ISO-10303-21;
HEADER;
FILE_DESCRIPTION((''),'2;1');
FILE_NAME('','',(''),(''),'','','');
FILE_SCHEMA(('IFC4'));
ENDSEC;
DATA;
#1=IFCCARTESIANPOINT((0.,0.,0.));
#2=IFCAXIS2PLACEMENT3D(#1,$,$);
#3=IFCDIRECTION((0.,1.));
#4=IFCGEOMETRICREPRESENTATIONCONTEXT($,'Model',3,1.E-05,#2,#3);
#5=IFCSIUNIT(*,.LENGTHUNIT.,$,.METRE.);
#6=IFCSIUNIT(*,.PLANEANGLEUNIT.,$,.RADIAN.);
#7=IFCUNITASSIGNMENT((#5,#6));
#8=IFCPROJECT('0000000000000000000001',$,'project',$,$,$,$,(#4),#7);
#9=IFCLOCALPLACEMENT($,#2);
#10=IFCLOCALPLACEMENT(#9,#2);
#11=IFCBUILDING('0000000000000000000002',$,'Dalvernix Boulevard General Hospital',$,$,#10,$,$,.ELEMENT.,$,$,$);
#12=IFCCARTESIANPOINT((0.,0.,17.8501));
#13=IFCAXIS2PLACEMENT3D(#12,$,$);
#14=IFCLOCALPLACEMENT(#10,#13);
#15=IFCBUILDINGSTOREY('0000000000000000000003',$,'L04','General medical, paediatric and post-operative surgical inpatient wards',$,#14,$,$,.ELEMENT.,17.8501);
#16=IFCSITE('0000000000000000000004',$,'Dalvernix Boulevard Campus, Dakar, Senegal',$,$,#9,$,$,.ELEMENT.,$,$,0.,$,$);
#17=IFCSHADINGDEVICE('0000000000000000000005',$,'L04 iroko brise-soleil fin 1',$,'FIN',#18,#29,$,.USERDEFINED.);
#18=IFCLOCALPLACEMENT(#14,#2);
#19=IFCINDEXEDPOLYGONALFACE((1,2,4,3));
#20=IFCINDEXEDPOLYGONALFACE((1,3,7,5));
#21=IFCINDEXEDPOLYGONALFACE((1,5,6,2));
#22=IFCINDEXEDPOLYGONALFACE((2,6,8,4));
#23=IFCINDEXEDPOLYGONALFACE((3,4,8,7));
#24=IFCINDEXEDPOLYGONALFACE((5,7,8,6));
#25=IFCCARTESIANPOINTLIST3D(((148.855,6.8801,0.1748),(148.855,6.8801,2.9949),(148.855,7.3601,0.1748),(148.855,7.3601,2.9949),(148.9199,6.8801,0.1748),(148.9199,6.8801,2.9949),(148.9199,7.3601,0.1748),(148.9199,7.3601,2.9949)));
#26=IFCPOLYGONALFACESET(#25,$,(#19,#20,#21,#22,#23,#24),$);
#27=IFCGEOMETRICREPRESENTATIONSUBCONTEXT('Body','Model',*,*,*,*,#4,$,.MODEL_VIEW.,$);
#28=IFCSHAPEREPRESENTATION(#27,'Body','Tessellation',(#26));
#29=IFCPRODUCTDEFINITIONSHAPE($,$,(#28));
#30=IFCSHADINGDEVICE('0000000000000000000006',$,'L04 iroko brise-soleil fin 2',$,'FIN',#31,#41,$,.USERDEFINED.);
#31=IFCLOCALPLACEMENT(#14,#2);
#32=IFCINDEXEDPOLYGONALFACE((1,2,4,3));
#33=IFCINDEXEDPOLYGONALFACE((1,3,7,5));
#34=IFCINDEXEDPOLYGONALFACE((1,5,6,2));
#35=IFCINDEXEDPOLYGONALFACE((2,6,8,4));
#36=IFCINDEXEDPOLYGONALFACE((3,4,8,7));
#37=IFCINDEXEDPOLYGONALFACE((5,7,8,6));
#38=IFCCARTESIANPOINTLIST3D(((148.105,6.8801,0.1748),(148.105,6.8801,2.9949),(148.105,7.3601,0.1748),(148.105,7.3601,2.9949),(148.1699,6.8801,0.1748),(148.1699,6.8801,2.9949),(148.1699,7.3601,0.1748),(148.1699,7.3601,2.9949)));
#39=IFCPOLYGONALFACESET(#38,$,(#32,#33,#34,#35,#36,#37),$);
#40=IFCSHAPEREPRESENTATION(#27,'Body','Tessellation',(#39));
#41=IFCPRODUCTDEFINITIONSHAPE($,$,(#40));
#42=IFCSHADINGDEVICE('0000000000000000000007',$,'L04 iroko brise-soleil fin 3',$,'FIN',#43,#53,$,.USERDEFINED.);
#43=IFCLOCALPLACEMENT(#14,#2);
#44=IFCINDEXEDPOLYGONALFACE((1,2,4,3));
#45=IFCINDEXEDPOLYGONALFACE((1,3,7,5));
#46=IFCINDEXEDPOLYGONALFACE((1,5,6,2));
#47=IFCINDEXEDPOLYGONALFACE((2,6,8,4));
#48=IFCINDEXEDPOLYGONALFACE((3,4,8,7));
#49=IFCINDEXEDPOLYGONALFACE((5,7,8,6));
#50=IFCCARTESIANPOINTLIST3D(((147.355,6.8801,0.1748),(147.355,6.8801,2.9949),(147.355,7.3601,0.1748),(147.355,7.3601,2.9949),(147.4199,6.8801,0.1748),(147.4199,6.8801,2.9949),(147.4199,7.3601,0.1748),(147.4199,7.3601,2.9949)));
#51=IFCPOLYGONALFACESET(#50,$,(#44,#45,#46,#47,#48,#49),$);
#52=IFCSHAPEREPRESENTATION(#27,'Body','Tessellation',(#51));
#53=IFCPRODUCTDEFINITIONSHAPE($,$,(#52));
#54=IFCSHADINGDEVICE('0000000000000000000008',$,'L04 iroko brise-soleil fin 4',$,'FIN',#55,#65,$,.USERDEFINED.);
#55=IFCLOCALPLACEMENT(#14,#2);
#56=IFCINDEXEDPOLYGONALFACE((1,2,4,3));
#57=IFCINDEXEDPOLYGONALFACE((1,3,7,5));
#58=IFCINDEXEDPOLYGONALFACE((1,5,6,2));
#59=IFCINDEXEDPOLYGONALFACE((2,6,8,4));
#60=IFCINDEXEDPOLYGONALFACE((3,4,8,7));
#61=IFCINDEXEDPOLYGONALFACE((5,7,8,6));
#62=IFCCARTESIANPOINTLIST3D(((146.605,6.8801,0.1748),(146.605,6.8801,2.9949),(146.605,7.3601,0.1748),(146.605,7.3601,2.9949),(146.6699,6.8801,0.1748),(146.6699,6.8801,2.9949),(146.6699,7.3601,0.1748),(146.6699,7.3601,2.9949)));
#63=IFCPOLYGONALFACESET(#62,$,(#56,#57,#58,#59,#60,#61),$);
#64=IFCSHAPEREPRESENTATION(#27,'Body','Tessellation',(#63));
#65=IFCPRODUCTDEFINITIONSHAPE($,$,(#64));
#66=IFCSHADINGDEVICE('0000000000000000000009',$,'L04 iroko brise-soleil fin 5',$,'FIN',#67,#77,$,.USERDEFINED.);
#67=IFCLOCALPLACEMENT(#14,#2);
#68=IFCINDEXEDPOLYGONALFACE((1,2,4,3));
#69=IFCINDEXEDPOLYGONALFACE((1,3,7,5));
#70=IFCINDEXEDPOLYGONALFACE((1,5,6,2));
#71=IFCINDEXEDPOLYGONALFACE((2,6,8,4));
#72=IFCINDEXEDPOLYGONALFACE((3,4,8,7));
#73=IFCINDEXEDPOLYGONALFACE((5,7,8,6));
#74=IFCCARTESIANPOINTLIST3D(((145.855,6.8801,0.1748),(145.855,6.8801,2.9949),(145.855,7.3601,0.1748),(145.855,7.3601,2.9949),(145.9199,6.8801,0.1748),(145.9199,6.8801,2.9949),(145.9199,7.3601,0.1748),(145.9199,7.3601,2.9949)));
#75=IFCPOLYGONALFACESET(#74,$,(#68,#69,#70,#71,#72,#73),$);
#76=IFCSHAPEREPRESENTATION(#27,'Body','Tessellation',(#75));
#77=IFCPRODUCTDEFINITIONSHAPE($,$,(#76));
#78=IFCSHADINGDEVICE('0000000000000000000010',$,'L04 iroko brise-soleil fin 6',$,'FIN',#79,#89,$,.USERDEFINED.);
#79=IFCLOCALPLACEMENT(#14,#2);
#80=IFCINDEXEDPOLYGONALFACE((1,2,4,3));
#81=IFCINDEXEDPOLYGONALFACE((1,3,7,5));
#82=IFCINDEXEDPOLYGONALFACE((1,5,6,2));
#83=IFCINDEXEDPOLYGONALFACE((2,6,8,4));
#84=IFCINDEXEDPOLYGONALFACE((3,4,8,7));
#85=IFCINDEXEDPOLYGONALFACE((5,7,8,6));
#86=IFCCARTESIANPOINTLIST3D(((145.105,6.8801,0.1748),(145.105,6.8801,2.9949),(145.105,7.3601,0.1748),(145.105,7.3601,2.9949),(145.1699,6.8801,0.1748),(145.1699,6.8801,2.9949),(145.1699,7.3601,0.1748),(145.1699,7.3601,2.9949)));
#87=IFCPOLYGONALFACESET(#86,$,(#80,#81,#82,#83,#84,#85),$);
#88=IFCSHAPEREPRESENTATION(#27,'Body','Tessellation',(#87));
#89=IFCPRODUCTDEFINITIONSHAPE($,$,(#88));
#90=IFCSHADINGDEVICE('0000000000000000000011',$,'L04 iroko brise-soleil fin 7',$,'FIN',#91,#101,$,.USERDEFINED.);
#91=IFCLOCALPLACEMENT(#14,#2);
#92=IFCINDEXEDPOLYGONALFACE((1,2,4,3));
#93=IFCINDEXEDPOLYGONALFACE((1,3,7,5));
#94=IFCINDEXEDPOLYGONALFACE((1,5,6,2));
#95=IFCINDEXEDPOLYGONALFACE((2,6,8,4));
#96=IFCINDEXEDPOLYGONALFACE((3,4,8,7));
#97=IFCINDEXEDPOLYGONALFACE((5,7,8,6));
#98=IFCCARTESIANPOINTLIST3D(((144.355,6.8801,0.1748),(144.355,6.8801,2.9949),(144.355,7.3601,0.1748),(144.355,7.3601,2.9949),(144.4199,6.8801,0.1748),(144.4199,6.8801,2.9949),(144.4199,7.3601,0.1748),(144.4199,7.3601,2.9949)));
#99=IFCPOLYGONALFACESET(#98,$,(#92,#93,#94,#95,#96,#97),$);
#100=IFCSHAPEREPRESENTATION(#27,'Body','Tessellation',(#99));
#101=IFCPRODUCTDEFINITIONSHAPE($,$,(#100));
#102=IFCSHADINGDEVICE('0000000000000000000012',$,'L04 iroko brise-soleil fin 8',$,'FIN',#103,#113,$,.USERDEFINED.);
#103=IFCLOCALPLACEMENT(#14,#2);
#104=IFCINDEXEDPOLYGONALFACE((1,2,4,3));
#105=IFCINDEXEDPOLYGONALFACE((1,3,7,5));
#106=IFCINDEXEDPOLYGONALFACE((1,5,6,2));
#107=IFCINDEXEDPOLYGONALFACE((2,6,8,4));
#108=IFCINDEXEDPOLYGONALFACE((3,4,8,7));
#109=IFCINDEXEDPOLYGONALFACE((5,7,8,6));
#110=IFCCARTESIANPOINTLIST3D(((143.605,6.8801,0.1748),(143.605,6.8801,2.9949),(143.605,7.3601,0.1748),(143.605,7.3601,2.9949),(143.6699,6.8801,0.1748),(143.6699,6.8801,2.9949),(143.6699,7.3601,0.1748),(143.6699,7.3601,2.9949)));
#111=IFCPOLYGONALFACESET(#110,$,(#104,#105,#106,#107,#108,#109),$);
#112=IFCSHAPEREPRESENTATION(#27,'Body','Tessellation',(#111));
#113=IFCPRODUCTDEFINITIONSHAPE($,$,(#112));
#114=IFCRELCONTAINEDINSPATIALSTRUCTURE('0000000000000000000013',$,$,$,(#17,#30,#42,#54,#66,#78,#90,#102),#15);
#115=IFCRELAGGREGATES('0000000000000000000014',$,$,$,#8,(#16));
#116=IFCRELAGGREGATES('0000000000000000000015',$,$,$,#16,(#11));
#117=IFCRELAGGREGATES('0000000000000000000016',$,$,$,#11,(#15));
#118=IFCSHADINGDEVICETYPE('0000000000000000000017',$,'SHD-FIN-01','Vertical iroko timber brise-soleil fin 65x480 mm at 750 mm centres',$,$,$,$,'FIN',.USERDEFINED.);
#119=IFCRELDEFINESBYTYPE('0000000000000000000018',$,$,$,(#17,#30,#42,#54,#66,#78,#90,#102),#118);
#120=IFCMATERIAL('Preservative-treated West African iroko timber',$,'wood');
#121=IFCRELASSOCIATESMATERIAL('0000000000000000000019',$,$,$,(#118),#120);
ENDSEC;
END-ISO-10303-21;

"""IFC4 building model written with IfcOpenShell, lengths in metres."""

from ifc_helpers import new_model, si_unit, direction, frame, origin, origin_2d, place, context, subcontext, project, spatial, rectangle, extrude, material, type_object, element, save


model = new_model("IFC4")

# Units and contexts
model_context = context("Model", 3, precision=1e-05, world=origin(), true_north=direction((0.0, 1.0)))
body_context = subcontext(model_context, "Body", "Model", "MODEL_VIEW")
ifc_project = project(units=[si_unit("LENGTHUNIT", "METRE"), si_unit("PLANEANGLEUNIT", "RADIAN")], contexts=[model_context])

# Site, building, storey
site_placement = place(None, origin())
site = spatial("IfcSite", under=ifc_project, at=site_placement, Name="Dalvernix Boulevard Campus, Dakar, Senegal", CompositionType="ELEMENT", RefElevation=0.0)
building_placement = place(site_placement, origin())
building = spatial("IfcBuilding", under=site, at=building_placement, Name="Dalvernix Boulevard General Hospital", CompositionType="ELEMENT")
storey_placement = place(building_placement, frame((0.0, 0.0, 17.8501)))
storey = spatial("IfcBuildingStorey", under=building, at=storey_placement, Name="L04", Description="General medical, paediatric and post-operative surgical inpatient wards", CompositionType="ELEMENT", Elevation=17.8501)

# Shading devices
ifc_material_1 = material(Name="Preservative-treated West African iroko timber", Category="wood")
shading_device_type = type_object("IfcShadingDeviceType", Name="SHD-FIN-01", Description="Vertical iroko timber brise-soleil fin 65x480 mm at 750 mm centres", ElementType="FIN", PredefinedType="USERDEFINED", material=ifc_material_1)
for number, where, z_axis, x_axis, name in (
    (1, (148.8875, 7.1201, 0.1748), (0.0, 0.0, 1.0), (-1.0, 0.0, 0.0), "L04 iroko brise-soleil fin 1"),
    (2, (148.1375, 7.1201, 0.1748), (0.0, 0.0, 1.0), (-1.0, 0.0, 0.0), "L04 iroko brise-soleil fin 2"),
    (3, (147.3875, 7.1201, 0.1748), (0.0, 0.0, 1.0), (-1.0, 0.0, 0.0), "L04 iroko brise-soleil fin 3"),
    (4, (146.6375, 7.1201, 0.1748), (0.0, 0.0, 1.0), (-1.0, 0.0, 0.0), "L04 iroko brise-soleil fin 4"),
    (5, (145.8875, 7.1201, 0.1748), (0.0, 0.0, 1.0), (-1.0, 0.0, 0.0), "L04 iroko brise-soleil fin 5"),
    (6, (145.1375, 7.1201, 0.1748), (0.0, 0.0, 1.0), (-1.0, 0.0, 0.0), "L04 iroko brise-soleil fin 6"),
    (7, (144.3875, 7.1201, 0.1748), (0.0, 0.0, 1.0), (-1.0, 0.0, 0.0), "L04 iroko brise-soleil fin 7"),
    (8, (143.6375, 7.1201, 0.1748), (0.0, 0.0, 1.0), (-1.0, 0.0, 0.0), "L04 iroko brise-soleil fin 8"),
):
    element("IfcShadingDevice", number, at=place(storey_placement, frame(where, z_axis=z_axis, x_axis=x_axis)), inside=storey, type_object=shading_device_type, Name=name, ObjectType="FIN", PredefinedType="USERDEFINED", context=body_context, shape_type="SweptSolid", body=[
        extrude(rectangle(XDim=0.0649, YDim=0.48, at=origin_2d()), origin(), (0.0, 0.0, 1.0), 2.8201),
    ])

save(model, "model.ifc")
